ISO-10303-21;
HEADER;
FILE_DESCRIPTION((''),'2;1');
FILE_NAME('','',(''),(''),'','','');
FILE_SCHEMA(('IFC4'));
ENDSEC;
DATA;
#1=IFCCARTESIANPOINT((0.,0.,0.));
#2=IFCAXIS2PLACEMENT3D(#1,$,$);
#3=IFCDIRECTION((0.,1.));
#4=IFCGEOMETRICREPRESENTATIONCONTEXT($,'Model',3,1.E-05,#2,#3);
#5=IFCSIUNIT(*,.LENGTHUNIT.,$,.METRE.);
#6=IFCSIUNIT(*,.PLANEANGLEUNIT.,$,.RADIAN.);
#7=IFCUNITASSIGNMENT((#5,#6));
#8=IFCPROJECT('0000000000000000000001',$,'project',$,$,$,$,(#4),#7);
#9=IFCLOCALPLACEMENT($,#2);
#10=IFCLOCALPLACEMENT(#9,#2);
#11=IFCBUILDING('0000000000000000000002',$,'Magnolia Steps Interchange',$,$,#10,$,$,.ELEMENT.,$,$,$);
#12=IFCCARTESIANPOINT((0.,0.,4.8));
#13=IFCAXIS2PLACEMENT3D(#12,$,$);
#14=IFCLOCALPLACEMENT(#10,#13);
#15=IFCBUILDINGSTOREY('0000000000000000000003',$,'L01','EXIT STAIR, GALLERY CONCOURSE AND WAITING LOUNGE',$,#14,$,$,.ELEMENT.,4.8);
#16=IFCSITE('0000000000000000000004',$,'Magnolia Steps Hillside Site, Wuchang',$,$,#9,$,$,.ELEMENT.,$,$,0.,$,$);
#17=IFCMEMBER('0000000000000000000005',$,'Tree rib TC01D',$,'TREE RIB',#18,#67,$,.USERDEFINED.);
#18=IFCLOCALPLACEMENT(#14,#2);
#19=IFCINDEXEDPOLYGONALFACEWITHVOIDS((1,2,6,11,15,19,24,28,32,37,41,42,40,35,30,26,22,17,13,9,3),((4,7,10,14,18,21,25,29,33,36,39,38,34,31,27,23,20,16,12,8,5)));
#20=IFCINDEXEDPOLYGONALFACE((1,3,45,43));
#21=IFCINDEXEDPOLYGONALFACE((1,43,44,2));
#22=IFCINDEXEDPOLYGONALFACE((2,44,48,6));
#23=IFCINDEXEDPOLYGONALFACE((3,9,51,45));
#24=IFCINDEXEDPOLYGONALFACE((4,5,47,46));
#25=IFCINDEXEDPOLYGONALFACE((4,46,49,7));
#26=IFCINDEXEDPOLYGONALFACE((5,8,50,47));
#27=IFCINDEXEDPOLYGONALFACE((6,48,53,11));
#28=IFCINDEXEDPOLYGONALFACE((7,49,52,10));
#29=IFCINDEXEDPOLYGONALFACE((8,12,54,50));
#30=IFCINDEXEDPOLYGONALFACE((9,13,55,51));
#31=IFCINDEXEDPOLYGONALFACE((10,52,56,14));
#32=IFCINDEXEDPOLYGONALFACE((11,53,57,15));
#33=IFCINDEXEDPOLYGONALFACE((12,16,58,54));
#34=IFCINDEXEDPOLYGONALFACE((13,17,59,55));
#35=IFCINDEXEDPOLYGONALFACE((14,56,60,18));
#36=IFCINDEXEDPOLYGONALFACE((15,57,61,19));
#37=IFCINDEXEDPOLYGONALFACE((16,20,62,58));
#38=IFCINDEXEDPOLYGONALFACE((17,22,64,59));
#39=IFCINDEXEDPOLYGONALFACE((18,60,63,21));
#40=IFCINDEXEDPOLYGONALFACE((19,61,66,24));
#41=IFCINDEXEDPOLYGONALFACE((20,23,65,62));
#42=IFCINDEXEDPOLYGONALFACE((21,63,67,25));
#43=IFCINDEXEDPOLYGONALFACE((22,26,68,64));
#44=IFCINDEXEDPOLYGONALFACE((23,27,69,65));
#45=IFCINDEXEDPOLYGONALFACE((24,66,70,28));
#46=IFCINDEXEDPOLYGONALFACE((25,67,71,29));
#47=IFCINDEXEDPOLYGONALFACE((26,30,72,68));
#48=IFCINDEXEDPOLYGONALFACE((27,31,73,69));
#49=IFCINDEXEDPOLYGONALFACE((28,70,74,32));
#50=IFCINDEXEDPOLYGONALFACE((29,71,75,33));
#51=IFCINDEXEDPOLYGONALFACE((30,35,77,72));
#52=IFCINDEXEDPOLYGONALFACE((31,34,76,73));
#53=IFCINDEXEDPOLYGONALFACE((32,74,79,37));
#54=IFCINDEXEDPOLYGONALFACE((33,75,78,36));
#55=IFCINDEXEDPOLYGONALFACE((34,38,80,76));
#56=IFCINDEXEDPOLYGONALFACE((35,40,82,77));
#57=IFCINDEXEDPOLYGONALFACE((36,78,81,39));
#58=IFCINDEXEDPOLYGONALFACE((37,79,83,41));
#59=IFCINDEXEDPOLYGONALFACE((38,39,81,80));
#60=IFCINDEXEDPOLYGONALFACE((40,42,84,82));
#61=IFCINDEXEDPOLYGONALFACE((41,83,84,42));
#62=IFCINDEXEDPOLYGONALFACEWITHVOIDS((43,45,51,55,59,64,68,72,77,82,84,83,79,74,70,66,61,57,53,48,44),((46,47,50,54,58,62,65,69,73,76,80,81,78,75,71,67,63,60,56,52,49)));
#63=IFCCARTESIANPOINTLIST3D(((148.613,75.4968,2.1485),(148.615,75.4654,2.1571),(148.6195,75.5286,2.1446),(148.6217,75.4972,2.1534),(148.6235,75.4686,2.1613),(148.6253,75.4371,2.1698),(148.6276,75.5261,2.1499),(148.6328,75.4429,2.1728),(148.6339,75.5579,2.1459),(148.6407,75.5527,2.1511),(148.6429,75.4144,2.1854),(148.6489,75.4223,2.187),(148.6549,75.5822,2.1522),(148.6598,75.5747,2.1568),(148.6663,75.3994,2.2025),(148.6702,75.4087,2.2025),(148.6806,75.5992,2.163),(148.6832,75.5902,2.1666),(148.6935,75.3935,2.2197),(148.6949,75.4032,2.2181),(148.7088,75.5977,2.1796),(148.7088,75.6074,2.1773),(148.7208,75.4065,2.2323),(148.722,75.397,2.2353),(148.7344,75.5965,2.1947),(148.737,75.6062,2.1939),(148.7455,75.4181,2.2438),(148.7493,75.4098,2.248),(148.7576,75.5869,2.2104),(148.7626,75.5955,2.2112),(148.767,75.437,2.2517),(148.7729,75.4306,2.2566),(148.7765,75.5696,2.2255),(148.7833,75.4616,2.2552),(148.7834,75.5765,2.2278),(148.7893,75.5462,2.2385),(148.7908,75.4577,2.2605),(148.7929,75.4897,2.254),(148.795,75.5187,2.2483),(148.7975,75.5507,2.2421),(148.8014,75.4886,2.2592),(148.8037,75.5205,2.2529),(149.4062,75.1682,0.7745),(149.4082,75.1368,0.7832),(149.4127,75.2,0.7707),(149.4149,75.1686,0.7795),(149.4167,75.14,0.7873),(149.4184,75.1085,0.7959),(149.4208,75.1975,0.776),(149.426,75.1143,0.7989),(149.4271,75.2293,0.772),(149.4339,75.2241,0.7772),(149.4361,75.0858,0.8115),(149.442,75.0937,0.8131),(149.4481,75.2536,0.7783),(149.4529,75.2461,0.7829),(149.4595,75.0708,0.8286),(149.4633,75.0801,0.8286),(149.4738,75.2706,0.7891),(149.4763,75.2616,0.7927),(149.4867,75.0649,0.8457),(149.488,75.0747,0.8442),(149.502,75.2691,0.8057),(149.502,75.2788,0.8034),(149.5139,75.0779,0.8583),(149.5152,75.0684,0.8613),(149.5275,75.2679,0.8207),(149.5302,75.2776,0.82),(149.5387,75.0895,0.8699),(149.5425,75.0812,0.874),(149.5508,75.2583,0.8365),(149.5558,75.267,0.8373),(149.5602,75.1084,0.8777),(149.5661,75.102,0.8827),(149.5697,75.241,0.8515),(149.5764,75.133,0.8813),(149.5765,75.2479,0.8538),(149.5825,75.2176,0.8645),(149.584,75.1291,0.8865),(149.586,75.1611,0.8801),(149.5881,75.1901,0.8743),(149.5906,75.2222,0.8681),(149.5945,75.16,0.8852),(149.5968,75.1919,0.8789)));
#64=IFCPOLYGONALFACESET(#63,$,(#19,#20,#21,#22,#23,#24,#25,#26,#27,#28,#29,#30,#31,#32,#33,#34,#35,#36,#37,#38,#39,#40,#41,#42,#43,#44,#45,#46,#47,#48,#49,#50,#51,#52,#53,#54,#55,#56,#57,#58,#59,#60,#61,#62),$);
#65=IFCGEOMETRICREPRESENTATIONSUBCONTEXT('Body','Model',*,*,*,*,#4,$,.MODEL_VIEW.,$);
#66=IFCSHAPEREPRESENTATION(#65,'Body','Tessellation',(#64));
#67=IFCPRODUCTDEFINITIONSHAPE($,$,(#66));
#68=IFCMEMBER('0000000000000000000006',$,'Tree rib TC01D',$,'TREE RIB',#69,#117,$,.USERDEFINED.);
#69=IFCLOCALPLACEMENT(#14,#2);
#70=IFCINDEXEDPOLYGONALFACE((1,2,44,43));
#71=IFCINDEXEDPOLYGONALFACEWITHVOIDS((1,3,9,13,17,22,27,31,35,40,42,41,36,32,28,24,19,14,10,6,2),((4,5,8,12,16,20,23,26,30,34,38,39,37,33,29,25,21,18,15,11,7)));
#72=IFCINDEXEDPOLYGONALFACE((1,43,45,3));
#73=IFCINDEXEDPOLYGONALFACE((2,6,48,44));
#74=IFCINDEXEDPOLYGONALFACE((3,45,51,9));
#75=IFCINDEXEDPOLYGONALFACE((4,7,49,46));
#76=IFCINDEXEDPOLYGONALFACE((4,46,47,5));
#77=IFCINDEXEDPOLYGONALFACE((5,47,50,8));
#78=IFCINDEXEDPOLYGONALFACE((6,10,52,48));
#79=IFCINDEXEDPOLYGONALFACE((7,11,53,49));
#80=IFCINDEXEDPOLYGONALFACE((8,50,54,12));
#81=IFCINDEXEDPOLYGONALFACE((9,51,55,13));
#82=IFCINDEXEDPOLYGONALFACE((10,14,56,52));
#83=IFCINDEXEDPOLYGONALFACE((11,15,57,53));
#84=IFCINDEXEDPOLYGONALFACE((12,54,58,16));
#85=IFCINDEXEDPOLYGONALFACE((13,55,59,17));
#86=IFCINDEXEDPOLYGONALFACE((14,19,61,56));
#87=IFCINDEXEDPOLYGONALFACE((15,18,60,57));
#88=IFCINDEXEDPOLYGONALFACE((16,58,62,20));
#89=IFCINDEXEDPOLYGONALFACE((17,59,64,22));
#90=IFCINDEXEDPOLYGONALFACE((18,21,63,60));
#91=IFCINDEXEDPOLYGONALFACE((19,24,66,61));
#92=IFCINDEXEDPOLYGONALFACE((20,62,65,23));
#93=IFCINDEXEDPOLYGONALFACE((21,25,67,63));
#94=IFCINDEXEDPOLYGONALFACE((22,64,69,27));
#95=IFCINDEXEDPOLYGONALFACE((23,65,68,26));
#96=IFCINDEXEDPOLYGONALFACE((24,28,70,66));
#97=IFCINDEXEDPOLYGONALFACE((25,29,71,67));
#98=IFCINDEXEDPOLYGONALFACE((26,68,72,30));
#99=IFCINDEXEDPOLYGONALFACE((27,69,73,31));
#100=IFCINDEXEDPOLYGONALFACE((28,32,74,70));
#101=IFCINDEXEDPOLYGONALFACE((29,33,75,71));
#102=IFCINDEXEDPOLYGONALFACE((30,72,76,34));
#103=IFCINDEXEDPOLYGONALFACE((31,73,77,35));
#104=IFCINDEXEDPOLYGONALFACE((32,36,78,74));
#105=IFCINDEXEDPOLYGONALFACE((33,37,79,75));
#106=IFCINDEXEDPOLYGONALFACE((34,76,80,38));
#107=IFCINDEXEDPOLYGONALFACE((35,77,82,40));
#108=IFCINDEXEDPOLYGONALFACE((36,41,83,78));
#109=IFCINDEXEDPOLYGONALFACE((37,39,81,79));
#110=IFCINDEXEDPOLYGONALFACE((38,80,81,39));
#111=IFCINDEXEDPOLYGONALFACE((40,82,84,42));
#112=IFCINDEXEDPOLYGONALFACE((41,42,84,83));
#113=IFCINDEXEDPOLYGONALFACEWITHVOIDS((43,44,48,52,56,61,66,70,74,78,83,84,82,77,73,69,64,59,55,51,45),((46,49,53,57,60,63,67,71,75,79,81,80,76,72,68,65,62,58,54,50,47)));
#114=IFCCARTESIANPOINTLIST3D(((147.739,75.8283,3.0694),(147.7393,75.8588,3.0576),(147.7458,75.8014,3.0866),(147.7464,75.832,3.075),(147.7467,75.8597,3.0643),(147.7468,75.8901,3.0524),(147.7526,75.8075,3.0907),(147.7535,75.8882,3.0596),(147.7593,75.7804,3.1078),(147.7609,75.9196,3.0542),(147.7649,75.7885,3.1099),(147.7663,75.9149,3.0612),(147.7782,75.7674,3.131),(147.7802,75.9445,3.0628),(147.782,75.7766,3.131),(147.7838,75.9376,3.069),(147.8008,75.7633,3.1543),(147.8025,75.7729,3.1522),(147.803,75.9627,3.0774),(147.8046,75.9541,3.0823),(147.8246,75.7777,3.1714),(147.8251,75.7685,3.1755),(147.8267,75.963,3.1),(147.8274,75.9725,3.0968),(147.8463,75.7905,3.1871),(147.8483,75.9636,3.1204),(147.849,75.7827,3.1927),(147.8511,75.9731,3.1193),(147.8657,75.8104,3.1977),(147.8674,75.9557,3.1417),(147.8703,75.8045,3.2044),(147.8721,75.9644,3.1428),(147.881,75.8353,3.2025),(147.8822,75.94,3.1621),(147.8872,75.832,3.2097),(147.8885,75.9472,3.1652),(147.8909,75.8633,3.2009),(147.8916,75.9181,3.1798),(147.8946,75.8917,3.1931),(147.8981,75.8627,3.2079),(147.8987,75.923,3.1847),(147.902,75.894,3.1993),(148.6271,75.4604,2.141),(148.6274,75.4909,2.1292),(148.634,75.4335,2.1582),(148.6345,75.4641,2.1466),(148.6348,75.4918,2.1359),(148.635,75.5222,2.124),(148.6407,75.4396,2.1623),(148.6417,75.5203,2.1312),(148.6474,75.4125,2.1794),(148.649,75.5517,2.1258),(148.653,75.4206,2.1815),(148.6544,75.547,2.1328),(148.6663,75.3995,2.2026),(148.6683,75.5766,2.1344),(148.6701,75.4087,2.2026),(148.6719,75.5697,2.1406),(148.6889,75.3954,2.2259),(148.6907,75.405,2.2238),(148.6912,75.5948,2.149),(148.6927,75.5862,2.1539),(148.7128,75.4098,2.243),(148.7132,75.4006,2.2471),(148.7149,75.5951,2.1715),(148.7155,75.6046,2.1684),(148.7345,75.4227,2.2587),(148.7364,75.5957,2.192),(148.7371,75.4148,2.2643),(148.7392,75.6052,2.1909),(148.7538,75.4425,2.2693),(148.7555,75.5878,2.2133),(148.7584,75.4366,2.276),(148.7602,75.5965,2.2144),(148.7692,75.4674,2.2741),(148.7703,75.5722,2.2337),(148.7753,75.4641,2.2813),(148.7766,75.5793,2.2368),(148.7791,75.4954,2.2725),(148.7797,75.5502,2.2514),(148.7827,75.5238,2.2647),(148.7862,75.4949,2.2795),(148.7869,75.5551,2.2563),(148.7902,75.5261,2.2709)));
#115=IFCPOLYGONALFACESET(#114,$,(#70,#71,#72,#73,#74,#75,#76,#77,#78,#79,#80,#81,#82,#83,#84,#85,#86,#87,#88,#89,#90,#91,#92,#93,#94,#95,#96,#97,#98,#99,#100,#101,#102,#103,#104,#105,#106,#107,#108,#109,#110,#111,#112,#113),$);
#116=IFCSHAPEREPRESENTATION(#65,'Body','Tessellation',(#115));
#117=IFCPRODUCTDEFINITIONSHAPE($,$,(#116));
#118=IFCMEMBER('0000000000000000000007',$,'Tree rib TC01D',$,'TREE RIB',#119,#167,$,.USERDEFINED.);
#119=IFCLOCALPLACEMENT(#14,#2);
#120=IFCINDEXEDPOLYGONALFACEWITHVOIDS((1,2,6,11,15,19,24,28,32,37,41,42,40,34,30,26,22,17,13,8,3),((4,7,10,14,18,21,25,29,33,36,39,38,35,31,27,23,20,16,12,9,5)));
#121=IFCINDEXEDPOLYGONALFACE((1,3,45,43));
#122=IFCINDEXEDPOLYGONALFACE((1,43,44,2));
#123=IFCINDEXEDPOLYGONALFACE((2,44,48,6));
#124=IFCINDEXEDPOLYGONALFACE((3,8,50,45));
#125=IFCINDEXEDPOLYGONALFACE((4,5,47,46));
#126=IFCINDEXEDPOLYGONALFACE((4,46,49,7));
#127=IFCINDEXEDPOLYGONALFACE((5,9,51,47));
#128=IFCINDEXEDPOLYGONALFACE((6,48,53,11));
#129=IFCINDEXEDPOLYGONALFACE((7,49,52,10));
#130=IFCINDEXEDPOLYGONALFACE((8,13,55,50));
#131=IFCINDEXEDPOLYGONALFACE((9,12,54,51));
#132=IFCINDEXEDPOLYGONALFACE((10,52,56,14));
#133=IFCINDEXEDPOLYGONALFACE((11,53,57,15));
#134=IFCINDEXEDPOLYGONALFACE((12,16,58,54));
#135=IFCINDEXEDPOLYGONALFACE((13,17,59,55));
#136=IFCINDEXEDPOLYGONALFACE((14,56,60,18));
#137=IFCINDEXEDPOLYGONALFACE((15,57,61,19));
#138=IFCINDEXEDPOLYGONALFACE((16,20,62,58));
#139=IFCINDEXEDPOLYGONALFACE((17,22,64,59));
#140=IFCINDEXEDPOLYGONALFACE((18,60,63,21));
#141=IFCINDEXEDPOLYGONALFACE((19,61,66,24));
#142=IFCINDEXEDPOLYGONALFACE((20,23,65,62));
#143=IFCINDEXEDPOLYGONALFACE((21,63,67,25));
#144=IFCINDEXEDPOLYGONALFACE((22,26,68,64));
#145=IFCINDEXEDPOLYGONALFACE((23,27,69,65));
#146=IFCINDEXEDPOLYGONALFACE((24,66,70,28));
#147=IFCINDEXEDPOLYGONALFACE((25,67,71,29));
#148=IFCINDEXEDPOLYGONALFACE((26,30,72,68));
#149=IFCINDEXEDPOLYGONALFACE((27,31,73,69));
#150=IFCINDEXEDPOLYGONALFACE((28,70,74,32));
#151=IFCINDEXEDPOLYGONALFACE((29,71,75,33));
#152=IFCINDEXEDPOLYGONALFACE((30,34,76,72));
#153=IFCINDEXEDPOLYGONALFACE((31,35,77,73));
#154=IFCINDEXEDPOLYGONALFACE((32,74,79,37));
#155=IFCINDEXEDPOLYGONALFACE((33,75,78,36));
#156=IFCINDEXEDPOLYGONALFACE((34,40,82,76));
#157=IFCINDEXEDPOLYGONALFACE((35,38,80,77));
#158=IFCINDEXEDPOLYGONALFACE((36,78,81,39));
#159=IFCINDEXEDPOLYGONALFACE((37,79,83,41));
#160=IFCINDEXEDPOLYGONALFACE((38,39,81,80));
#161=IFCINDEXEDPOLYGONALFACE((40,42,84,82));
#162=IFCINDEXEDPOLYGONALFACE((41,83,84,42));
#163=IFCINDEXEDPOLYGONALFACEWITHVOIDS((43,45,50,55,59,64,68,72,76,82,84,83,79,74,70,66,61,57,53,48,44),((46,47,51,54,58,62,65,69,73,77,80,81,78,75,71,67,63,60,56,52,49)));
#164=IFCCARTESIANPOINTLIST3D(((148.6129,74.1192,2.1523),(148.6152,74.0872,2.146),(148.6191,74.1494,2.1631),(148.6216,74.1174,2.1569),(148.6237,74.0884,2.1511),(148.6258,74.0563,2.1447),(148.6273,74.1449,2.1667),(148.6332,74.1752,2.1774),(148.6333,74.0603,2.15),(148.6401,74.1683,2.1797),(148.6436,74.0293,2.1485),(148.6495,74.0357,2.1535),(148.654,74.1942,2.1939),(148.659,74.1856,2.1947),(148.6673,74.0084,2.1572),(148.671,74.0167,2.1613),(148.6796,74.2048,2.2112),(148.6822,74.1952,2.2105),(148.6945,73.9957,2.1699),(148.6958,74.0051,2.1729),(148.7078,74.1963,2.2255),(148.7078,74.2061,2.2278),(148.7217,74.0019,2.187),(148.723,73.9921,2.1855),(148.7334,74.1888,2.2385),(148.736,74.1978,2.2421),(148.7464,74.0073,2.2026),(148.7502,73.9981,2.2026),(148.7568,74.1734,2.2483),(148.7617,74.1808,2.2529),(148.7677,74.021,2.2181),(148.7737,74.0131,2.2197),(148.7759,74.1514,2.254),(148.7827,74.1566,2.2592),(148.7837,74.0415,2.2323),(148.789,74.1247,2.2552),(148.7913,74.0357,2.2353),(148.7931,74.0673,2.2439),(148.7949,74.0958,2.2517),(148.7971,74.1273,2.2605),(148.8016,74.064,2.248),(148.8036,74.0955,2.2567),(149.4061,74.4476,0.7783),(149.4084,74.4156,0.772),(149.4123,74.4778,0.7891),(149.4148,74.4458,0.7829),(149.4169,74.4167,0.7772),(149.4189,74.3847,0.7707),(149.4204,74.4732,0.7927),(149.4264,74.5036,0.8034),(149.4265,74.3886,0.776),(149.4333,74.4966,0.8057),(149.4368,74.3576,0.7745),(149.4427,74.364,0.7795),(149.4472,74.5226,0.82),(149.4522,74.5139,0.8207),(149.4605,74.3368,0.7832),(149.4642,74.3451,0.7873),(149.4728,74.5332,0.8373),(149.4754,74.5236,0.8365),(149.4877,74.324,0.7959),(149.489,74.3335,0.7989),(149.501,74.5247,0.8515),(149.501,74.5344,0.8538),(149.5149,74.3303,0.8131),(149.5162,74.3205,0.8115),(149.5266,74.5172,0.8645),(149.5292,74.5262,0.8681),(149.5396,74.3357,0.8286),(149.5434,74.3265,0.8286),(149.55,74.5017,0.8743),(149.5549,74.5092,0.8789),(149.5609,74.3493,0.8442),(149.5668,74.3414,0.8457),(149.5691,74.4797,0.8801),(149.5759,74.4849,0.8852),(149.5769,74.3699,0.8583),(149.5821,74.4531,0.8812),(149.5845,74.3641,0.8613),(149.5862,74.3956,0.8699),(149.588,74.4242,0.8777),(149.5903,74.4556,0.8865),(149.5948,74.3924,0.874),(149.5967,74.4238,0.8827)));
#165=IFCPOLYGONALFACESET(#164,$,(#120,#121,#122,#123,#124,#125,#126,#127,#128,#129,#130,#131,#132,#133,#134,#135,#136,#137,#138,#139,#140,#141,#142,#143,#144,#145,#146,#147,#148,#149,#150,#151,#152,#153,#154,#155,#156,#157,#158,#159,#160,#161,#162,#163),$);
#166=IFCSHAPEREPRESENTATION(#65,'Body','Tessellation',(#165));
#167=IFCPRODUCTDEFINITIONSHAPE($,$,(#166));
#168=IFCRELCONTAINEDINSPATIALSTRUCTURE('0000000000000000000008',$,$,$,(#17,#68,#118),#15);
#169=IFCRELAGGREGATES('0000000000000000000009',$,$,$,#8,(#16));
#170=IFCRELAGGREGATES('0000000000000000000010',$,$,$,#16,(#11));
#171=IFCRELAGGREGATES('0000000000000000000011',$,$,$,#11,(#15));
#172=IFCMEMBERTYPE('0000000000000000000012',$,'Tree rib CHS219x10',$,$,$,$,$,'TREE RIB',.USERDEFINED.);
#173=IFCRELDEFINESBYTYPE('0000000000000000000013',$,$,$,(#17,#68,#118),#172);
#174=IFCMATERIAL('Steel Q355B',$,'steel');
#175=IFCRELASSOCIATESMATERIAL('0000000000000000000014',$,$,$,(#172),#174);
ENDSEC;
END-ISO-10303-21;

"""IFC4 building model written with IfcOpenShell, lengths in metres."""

from ifc_helpers import new_model, si_unit, direction, frame, origin, origin_2d, place, context, subcontext, project, spatial, hollow_circle, extrude, material, material_profile, profile_set, type_object, element, save


model = new_model("IFC4")

# Units and contexts
model_context = context("Model", 3, precision=1e-05, world=origin(), true_north=direction((0.0, 1.0)))
body_context = subcontext(model_context, "Body", "Model", "MODEL_VIEW")
ifc_project = project(units=[si_unit("LENGTHUNIT", "METRE"), si_unit("PLANEANGLEUNIT", "RADIAN")], contexts=[model_context])

# Site, building, storey
site_placement = place(None, origin())
site = spatial("IfcSite", under=ifc_project, at=site_placement, Name="Magnolia Steps Hillside Site, Wuchang", CompositionType="ELEMENT", RefElevation=0.0)
building_placement = place(site_placement, origin())
building = spatial("IfcBuilding", under=site, at=building_placement, Name="Magnolia Steps Interchange", CompositionType="ELEMENT")
storey_placement = place(building_placement, frame((0.0, 0.0, 4.8)))
storey = spatial("IfcBuildingStorey", under=building, at=storey_placement, Name="L01", Description="EXIT STAIR, GALLERY CONCOURSE AND WAITING LOUNGE", CompositionType="ELEMENT", Elevation=4.8)

# Members
ifc_material_1 = material(Name="Steel Q355B", Category="steel")
ifc_material_profile_1 = material_profile(ifc_material_1, hollow_circle(Radius=0.1096, WallThickness=0.01, at=origin_2d()), Name="CHS219x10")
ifc_profile_set_1 = profile_set([ifc_material_profile_1], Name="Steel Q355B")
member_type = type_object("IfcMemberType", Name="Tree rib CHS219x10", ElementType="TREE RIB", PredefinedType="USERDEFINED", material=ifc_profile_set_1)
member_1_placement = place(storey_placement, frame((149.5015, 75.1721, 0.8286), z_axis=(-0.489571, 0.20282, 0.848047), x_axis=(-0.382737, -0.923857, 0.0)))
element("IfcMember", 1, at=member_1_placement, inside=storey, type_object=member_type, Name="Tree rib TC01D", ObjectType="TREE RIB", PredefinedType="USERDEFINED", context=body_context, shape_type="SweptSolid", body=[
    extrude(hollow_circle(Radius=0.1096, WallThickness=0.01, at=origin_2d()), origin(), (0.0, 0.0, 1.0), 1.6201),
])
member_2_placement = place(storey_placement, frame((148.7083, 75.5007, 2.2026), z_axis=(-0.664549, 0.275282, 0.69469), x_axis=(-0.382703, -0.923871, 0.0)))
element("IfcMember", 2, at=member_2_placement, inside=storey, type_object=member_type, Name="Tree rib TC01D", ObjectType="TREE RIB", PredefinedType="USERDEFINED", context=body_context, shape_type="SweptSolid", body=[
    extrude(hollow_circle(Radius=0.1096, WallThickness=0.01, at=origin_2d()), origin(), (0.0, 0.0, 1.0), 1.3364),
])
member_3_placement = place(storey_placement, frame((149.5015, 74.4277, 0.8286), z_axis=(-0.489586, -0.202676, 0.848073), x_axis=(0.382494, -0.923958, 0.0)))
element("IfcMember", 3, at=member_3_placement, inside=storey, type_object=member_type, Name="Tree rib TC01D", ObjectType="TREE RIB", PredefinedType="USERDEFINED", context=body_context, shape_type="SweptSolid", body=[
    extrude(hollow_circle(Radius=0.1096, WallThickness=0.01, at=origin_2d()), origin(), (0.0, 0.0, 1.0), 1.6201),
])

save(model, "model.ifc")
